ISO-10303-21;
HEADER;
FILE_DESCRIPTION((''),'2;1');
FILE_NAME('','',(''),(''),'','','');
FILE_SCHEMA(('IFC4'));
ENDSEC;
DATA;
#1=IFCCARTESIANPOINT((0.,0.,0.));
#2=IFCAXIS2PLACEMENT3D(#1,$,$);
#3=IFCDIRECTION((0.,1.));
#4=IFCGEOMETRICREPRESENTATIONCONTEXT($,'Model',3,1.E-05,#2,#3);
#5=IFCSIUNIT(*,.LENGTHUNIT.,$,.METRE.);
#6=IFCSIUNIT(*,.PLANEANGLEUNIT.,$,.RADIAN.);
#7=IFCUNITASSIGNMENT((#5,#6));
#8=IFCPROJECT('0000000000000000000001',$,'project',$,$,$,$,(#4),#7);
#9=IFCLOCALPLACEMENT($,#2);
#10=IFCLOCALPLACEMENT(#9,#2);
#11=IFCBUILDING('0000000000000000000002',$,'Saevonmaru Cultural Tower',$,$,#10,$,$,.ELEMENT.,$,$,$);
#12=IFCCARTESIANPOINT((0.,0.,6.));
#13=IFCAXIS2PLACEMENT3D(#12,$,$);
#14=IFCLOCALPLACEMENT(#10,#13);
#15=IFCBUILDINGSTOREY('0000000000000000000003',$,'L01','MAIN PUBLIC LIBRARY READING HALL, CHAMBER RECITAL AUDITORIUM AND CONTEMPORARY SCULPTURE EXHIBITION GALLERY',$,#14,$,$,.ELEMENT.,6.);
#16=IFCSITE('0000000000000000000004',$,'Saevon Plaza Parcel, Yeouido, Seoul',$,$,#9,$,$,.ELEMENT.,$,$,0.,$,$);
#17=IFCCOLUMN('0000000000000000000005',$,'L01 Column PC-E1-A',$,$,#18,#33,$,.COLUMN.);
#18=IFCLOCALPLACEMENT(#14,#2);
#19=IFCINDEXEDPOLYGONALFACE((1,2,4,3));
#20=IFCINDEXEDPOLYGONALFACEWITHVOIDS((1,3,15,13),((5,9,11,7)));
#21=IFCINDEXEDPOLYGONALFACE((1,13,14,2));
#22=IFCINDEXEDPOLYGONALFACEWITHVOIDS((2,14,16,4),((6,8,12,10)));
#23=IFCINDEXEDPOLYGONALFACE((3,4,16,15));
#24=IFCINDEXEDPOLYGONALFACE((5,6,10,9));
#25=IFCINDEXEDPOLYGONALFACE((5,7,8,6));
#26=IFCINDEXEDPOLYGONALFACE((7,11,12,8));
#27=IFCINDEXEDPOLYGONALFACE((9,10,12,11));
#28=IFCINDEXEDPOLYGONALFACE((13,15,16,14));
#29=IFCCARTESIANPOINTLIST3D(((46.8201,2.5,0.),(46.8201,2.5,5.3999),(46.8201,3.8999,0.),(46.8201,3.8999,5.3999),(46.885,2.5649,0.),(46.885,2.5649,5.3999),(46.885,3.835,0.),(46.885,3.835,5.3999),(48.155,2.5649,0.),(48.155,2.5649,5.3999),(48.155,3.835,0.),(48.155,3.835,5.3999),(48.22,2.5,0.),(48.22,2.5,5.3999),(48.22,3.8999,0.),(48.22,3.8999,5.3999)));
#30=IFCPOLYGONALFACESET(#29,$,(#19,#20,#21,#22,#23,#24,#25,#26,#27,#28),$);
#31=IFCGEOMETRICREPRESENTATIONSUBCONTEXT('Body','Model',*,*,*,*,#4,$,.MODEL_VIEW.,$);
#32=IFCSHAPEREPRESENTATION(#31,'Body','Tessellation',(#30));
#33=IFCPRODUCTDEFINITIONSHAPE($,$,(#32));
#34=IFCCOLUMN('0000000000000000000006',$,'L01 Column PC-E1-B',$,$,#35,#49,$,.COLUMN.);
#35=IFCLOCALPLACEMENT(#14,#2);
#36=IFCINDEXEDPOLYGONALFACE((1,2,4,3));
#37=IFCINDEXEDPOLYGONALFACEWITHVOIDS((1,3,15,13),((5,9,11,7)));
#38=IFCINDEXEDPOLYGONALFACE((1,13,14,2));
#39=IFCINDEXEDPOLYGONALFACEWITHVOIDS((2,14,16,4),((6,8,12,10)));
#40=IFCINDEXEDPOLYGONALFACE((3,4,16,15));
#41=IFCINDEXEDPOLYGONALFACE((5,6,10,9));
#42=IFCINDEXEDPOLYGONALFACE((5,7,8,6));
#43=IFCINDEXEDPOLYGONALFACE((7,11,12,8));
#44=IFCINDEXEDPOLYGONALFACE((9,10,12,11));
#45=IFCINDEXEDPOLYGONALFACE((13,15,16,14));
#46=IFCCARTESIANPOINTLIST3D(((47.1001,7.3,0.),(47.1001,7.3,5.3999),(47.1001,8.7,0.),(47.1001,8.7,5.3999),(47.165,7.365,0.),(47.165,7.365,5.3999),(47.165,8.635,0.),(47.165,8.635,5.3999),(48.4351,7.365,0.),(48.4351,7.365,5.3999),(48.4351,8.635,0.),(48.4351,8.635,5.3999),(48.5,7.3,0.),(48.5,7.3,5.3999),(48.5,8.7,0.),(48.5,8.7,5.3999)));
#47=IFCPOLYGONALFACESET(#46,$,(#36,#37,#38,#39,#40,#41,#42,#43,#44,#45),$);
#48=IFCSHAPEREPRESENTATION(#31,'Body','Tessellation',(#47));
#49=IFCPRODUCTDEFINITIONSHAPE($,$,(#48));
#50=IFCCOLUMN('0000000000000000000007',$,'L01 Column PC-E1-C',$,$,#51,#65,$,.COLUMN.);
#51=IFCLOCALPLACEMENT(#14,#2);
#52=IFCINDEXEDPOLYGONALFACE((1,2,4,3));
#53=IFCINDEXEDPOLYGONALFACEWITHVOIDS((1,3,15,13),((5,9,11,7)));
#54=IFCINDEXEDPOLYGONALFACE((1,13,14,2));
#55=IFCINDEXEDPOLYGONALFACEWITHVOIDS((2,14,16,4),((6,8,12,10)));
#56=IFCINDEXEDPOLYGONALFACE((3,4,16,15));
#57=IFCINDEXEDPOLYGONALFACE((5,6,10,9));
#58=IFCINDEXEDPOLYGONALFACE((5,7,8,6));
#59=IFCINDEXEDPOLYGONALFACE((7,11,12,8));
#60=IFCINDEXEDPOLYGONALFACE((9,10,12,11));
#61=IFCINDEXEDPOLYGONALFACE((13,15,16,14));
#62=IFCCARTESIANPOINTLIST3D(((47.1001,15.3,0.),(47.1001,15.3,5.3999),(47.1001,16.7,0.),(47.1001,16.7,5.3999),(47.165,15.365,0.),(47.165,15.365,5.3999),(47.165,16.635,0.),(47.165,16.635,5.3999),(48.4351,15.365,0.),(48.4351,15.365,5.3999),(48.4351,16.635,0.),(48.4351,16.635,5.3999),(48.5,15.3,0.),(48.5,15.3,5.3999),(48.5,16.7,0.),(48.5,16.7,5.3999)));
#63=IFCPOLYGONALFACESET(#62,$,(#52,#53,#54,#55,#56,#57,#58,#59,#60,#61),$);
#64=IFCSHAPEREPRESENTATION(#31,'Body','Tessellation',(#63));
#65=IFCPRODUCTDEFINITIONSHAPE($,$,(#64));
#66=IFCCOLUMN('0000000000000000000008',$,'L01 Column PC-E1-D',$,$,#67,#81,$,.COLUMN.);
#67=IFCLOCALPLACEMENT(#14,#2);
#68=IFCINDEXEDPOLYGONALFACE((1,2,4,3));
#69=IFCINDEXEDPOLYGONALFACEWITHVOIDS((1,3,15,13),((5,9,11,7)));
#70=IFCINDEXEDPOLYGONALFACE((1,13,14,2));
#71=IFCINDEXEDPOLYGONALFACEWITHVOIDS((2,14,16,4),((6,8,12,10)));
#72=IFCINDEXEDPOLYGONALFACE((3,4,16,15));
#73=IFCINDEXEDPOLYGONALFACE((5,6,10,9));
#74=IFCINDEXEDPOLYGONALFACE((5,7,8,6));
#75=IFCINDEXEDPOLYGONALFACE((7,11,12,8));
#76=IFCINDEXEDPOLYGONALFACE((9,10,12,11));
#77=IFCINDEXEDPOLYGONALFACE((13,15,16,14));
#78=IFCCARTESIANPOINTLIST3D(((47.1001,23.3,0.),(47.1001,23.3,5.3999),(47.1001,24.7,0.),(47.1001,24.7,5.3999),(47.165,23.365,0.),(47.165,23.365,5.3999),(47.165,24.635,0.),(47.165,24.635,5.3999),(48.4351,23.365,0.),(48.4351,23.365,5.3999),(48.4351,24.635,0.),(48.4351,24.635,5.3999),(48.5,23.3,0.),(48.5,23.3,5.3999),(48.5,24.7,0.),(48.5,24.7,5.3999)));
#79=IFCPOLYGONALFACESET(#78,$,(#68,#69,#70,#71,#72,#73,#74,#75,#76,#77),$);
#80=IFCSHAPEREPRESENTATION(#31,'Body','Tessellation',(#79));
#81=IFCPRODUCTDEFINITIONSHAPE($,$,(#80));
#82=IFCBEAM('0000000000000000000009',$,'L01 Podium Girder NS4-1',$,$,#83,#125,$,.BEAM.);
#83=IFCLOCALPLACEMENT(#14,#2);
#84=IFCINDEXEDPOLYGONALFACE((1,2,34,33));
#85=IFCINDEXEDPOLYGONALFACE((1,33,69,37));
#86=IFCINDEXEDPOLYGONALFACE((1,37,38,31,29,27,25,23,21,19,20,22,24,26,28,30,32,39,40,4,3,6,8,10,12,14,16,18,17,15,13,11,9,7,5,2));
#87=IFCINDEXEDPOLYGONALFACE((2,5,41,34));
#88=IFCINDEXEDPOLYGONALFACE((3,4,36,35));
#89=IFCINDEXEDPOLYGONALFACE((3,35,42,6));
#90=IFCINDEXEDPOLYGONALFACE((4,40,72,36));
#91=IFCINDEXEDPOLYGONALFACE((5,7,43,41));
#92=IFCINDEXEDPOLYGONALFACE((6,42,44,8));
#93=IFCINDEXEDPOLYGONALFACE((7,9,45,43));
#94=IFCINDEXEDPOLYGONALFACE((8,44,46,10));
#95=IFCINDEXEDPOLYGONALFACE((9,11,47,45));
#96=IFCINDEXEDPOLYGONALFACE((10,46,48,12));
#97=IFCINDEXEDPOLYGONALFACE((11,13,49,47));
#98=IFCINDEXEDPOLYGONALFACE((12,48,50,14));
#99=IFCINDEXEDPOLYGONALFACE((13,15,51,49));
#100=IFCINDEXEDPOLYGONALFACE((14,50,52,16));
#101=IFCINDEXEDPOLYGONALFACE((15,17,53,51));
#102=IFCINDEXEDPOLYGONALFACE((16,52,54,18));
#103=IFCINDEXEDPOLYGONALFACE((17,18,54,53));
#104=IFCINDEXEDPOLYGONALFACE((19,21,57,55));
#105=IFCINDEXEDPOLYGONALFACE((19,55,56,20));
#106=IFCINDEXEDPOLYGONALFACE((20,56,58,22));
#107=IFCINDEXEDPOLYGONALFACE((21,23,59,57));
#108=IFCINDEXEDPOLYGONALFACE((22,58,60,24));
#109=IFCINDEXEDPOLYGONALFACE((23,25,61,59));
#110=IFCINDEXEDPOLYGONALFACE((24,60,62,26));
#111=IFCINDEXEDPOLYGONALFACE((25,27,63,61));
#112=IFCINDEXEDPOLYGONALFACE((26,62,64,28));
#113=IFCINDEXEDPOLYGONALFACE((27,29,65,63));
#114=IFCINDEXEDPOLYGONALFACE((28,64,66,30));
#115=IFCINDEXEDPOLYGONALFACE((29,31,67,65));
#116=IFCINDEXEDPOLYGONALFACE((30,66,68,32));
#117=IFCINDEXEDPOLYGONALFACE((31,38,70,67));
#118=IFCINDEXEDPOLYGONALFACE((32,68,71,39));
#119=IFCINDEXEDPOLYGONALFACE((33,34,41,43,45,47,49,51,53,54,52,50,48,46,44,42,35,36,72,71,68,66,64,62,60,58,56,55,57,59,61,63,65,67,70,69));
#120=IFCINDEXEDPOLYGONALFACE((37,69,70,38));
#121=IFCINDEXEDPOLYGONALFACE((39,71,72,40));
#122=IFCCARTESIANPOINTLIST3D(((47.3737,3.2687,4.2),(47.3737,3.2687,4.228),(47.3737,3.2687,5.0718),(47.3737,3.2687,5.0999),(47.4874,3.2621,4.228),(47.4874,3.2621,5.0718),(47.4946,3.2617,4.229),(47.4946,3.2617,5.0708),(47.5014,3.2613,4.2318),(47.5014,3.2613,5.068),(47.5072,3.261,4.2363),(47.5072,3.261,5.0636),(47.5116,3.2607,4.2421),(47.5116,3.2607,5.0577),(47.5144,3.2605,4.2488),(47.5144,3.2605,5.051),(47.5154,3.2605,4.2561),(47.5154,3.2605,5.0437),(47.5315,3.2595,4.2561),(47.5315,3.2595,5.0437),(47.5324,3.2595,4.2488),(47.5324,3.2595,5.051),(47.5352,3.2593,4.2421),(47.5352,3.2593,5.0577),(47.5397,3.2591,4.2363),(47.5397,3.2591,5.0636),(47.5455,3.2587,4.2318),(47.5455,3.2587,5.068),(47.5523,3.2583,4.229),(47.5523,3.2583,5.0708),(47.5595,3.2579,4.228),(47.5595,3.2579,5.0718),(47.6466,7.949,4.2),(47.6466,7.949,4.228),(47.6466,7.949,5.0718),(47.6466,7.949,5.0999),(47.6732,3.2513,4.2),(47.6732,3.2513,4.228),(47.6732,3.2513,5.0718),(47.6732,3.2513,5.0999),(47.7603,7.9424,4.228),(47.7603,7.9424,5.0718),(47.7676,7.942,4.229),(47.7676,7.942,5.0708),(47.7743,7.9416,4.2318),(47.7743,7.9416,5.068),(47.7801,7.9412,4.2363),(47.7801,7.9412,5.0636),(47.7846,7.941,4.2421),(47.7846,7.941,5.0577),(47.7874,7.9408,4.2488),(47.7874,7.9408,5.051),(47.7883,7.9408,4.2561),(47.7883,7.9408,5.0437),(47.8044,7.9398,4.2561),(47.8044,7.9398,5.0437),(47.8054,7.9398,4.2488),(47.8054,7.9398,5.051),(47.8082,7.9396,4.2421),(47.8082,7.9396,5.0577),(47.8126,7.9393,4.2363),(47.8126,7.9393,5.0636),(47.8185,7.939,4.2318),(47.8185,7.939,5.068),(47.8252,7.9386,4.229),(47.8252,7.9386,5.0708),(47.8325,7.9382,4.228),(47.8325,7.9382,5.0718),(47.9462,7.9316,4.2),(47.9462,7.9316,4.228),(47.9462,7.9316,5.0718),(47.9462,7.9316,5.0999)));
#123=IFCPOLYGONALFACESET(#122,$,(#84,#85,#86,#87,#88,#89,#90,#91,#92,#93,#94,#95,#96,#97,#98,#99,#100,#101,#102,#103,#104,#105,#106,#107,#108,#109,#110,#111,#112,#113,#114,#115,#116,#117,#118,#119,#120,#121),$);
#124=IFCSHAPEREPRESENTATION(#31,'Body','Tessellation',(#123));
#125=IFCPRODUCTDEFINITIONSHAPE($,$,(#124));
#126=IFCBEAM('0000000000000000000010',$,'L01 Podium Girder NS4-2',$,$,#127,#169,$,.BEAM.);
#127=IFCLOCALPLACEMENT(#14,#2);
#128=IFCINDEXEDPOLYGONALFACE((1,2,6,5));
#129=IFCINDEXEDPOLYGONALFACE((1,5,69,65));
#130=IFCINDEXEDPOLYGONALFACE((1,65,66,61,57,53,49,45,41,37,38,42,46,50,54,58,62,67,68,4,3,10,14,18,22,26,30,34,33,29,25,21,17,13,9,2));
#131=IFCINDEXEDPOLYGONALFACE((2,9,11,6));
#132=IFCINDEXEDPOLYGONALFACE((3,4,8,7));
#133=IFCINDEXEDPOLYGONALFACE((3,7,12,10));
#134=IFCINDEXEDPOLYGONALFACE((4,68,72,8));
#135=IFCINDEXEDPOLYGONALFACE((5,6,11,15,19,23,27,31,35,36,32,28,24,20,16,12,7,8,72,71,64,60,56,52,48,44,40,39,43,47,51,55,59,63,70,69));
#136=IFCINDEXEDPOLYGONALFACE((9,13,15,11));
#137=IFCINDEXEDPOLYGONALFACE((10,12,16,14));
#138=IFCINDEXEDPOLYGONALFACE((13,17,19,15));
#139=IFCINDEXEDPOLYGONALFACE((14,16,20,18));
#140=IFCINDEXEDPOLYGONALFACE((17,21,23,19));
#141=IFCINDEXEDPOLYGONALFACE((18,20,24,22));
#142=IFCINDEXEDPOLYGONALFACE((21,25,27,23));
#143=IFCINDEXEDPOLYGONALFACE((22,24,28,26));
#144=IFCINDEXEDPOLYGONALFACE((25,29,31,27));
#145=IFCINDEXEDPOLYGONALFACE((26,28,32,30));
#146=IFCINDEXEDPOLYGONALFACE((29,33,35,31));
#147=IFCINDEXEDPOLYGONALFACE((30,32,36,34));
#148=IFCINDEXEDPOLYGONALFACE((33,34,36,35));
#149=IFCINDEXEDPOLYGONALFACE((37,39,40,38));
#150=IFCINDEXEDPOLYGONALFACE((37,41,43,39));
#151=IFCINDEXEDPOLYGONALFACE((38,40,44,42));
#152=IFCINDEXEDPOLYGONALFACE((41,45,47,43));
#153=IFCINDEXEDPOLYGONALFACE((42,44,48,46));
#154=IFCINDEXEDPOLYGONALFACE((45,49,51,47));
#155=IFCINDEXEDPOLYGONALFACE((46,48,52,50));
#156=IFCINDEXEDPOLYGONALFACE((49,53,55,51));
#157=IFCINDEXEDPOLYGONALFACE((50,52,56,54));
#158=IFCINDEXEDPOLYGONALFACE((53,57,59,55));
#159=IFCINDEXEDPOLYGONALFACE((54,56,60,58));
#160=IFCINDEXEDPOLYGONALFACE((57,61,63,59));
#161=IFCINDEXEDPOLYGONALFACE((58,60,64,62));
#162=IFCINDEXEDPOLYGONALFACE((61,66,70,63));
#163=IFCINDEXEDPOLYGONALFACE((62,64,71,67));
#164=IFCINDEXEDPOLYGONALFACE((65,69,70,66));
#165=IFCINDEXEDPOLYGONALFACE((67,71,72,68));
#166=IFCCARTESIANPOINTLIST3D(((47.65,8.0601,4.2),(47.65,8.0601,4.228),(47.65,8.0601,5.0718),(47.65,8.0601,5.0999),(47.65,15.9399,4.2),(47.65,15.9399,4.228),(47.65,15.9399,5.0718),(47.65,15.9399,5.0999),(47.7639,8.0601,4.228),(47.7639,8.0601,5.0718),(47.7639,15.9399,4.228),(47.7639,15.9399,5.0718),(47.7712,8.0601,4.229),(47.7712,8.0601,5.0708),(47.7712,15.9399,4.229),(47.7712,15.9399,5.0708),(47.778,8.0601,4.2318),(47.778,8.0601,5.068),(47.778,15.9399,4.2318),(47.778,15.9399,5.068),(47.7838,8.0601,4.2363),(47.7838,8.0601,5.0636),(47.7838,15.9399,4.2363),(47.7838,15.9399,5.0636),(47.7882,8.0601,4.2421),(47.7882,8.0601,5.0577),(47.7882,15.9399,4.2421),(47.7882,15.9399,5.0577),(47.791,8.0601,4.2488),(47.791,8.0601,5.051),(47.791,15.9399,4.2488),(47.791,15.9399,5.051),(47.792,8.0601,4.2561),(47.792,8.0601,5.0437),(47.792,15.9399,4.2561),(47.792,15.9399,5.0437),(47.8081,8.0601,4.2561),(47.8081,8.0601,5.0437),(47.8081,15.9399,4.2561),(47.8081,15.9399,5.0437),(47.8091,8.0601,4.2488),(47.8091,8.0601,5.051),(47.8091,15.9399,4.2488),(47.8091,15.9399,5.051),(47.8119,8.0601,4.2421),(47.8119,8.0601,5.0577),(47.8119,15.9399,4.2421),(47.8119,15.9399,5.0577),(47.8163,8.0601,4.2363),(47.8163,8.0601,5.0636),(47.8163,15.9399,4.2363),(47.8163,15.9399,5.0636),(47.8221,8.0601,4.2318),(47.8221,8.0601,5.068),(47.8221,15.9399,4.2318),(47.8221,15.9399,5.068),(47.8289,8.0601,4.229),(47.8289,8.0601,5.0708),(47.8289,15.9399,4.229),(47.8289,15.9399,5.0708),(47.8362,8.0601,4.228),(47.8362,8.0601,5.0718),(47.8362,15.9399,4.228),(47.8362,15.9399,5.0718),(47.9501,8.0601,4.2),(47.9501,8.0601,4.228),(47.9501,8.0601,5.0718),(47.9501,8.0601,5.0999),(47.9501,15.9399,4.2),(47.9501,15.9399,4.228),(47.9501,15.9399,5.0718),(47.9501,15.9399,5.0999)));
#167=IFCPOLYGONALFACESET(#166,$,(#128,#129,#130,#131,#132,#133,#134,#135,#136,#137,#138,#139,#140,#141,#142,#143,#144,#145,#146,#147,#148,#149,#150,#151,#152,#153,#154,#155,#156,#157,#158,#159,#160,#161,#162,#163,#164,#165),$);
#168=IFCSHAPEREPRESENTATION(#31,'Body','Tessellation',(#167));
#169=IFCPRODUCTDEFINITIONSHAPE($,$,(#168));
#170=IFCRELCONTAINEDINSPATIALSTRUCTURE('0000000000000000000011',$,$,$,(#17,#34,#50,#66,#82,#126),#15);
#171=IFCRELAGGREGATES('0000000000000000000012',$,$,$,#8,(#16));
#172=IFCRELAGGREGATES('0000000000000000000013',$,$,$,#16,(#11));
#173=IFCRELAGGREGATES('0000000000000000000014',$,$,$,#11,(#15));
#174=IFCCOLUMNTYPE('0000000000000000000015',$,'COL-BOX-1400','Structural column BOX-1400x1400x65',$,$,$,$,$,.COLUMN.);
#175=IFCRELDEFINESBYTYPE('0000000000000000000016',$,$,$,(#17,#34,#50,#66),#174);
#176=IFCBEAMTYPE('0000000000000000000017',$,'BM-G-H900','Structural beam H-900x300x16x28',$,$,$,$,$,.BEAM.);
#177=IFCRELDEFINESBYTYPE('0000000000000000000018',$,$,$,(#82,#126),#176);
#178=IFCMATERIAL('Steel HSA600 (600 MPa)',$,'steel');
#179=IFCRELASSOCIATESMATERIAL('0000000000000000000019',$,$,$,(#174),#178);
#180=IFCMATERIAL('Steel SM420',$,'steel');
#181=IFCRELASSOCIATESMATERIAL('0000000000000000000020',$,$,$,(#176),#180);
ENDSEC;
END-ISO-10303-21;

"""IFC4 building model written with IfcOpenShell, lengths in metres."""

from ifc_helpers import new_model, si_unit, direction, frame, origin, origin_2d, place, context, subcontext, project, spatial, hollow_rectangle, i_section, extrude, material, material_profile, profile_set, type_object, element, save


model = new_model("IFC4")

# Units and contexts
model_context = context("Model", 3, precision=1e-05, world=origin(), true_north=direction((0.0, 1.0)))
body_context = subcontext(model_context, "Body", "Model", "MODEL_VIEW")
ifc_project = project(units=[si_unit("LENGTHUNIT", "METRE"), si_unit("PLANEANGLEUNIT", "RADIAN")], contexts=[model_context])

# Site, building, storey
site_placement = place(None, origin())
site = spatial("IfcSite", under=ifc_project, at=site_placement, Name="Saevon Plaza Parcel, Yeouido, Seoul", CompositionType="ELEMENT", RefElevation=0.0)
building_placement = place(site_placement, origin())
building = spatial("IfcBuilding", under=site, at=building_placement, Name="Saevonmaru Cultural Tower", CompositionType="ELEMENT")
storey_placement = place(building_placement, frame((0.0, 0.0, 6.0)))
storey = spatial("IfcBuildingStorey", under=building, at=storey_placement, Name="L01", Description="MAIN PUBLIC LIBRARY READING HALL, CHAMBER RECITAL AUDITORIUM AND CONTEMPORARY SCULPTURE EXHIBITION GALLERY", CompositionType="ELEMENT", Elevation=6.0)

# Columns
ifc_material_1 = material(Name="Steel HSA600 (600 MPa)", Category="steel")
ifc_material_profile_1 = material_profile(ifc_material_1, hollow_rectangle(XDim=1.3999, YDim=1.3999, WallThickness=0.0649, at=origin_2d()), Name="BOX-1400x1400x65")
ifc_profile_set_1 = profile_set([ifc_material_profile_1], Name="Steel HSA600 (600 MPa)")
column_type = type_object("IfcColumnType", Name="COL-BOX-1400", Description="Structural column BOX-1400x1400x65", PredefinedType="COLUMN", material=ifc_profile_set_1)
for number, where, z_axis, x_axis, name in (
    (1, (47.52, 3.2, 0.0), (0.0, 0.0, 1.0), (1.0, 0.0, 0.0), "L01 Column PC-E1-A"),
    (2, (47.8, 8.0, 0.0), (0.0, 0.0, 1.0), (1.0, 0.0, 0.0), "L01 Column PC-E1-B"),
    (3, (47.8, 16.0, 0.0), (0.0, 0.0, 1.0), (1.0, 0.0, 0.0), "L01 Column PC-E1-C"),
    (4, (47.8, 24.0, 0.0), (0.0, 0.0, 1.0), (1.0, 0.0, 0.0), "L01 Column PC-E1-D"),
):
    element("IfcColumn", number, at=place(storey_placement, frame(where, z_axis=z_axis, x_axis=x_axis)), inside=storey, type_object=column_type, Name=name, PredefinedType="COLUMN", context=body_context, shape_type="SweptSolid", body=[
        extrude(hollow_rectangle(XDim=1.3999, YDim=1.3999, WallThickness=0.0649, at=origin_2d()), origin(), (0.0, 0.0, 1.0), 5.3999),
    ])

# Beams
ifc_material_2 = material(Name="Steel SM420", Category="steel")
ifc_material_profile_2 = material_profile(ifc_material_2, i_section(OverallWidth=0.3, OverallDepth=0.8999, WebThickness=0.0161, FlangeThickness=0.0281, FilletRadius=0.0281, at=origin_2d()), Name="H-900x300x16x28")
ifc_profile_set_2 = profile_set([ifc_material_profile_2], Name="Steel SM420")
beam_type_1 = type_object("IfcBeamType", Name="BM-G-H900", Description="Structural beam H-900x300x16x28", PredefinedType="BEAM", material=ifc_profile_set_2)
beam_1_placement = place(storey_placement, frame((47.5234, 3.26, 4.6499), z_axis=(0.058221, 0.998304, 0.0), x_axis=(-0.998304, 0.058221, 0.0)))
element("IfcBeam", 5, at=beam_1_placement, inside=storey, type_object=beam_type_1, Name="L01 Podium Girder NS4-1", PredefinedType="BEAM", context=body_context, shape_type="SweptSolid", body=[
    extrude(i_section(OverallWidth=0.3, OverallDepth=0.8999, WebThickness=0.0161, FlangeThickness=0.0281, FilletRadius=0.0281, at=origin_2d()), origin(), (0.0, 0.0, 1.0), 4.6882),
])
for number, where, z_axis, x_axis, name in (
    (6, (47.8, 8.0601, 4.6499), (0.0, 1.0, 0.0), (-1.0, 0.0, 0.0), "L01 Podium Girder NS4-2"),
):
    element("IfcBeam", number, at=place(storey_placement, frame(where, z_axis=z_axis, x_axis=x_axis)), inside=storey, type_object=beam_type_1, Name=name, PredefinedType="BEAM", context=body_context, shape_type="SweptSolid", body=[
        extrude(i_section(OverallWidth=0.3, OverallDepth=0.8999, WebThickness=0.0161, FlangeThickness=0.0281, FilletRadius=0.0281, at=origin_2d()), origin(), (0.0, 0.0, 1.0), 7.8799),
    ])

save(model, "model.ifc")
